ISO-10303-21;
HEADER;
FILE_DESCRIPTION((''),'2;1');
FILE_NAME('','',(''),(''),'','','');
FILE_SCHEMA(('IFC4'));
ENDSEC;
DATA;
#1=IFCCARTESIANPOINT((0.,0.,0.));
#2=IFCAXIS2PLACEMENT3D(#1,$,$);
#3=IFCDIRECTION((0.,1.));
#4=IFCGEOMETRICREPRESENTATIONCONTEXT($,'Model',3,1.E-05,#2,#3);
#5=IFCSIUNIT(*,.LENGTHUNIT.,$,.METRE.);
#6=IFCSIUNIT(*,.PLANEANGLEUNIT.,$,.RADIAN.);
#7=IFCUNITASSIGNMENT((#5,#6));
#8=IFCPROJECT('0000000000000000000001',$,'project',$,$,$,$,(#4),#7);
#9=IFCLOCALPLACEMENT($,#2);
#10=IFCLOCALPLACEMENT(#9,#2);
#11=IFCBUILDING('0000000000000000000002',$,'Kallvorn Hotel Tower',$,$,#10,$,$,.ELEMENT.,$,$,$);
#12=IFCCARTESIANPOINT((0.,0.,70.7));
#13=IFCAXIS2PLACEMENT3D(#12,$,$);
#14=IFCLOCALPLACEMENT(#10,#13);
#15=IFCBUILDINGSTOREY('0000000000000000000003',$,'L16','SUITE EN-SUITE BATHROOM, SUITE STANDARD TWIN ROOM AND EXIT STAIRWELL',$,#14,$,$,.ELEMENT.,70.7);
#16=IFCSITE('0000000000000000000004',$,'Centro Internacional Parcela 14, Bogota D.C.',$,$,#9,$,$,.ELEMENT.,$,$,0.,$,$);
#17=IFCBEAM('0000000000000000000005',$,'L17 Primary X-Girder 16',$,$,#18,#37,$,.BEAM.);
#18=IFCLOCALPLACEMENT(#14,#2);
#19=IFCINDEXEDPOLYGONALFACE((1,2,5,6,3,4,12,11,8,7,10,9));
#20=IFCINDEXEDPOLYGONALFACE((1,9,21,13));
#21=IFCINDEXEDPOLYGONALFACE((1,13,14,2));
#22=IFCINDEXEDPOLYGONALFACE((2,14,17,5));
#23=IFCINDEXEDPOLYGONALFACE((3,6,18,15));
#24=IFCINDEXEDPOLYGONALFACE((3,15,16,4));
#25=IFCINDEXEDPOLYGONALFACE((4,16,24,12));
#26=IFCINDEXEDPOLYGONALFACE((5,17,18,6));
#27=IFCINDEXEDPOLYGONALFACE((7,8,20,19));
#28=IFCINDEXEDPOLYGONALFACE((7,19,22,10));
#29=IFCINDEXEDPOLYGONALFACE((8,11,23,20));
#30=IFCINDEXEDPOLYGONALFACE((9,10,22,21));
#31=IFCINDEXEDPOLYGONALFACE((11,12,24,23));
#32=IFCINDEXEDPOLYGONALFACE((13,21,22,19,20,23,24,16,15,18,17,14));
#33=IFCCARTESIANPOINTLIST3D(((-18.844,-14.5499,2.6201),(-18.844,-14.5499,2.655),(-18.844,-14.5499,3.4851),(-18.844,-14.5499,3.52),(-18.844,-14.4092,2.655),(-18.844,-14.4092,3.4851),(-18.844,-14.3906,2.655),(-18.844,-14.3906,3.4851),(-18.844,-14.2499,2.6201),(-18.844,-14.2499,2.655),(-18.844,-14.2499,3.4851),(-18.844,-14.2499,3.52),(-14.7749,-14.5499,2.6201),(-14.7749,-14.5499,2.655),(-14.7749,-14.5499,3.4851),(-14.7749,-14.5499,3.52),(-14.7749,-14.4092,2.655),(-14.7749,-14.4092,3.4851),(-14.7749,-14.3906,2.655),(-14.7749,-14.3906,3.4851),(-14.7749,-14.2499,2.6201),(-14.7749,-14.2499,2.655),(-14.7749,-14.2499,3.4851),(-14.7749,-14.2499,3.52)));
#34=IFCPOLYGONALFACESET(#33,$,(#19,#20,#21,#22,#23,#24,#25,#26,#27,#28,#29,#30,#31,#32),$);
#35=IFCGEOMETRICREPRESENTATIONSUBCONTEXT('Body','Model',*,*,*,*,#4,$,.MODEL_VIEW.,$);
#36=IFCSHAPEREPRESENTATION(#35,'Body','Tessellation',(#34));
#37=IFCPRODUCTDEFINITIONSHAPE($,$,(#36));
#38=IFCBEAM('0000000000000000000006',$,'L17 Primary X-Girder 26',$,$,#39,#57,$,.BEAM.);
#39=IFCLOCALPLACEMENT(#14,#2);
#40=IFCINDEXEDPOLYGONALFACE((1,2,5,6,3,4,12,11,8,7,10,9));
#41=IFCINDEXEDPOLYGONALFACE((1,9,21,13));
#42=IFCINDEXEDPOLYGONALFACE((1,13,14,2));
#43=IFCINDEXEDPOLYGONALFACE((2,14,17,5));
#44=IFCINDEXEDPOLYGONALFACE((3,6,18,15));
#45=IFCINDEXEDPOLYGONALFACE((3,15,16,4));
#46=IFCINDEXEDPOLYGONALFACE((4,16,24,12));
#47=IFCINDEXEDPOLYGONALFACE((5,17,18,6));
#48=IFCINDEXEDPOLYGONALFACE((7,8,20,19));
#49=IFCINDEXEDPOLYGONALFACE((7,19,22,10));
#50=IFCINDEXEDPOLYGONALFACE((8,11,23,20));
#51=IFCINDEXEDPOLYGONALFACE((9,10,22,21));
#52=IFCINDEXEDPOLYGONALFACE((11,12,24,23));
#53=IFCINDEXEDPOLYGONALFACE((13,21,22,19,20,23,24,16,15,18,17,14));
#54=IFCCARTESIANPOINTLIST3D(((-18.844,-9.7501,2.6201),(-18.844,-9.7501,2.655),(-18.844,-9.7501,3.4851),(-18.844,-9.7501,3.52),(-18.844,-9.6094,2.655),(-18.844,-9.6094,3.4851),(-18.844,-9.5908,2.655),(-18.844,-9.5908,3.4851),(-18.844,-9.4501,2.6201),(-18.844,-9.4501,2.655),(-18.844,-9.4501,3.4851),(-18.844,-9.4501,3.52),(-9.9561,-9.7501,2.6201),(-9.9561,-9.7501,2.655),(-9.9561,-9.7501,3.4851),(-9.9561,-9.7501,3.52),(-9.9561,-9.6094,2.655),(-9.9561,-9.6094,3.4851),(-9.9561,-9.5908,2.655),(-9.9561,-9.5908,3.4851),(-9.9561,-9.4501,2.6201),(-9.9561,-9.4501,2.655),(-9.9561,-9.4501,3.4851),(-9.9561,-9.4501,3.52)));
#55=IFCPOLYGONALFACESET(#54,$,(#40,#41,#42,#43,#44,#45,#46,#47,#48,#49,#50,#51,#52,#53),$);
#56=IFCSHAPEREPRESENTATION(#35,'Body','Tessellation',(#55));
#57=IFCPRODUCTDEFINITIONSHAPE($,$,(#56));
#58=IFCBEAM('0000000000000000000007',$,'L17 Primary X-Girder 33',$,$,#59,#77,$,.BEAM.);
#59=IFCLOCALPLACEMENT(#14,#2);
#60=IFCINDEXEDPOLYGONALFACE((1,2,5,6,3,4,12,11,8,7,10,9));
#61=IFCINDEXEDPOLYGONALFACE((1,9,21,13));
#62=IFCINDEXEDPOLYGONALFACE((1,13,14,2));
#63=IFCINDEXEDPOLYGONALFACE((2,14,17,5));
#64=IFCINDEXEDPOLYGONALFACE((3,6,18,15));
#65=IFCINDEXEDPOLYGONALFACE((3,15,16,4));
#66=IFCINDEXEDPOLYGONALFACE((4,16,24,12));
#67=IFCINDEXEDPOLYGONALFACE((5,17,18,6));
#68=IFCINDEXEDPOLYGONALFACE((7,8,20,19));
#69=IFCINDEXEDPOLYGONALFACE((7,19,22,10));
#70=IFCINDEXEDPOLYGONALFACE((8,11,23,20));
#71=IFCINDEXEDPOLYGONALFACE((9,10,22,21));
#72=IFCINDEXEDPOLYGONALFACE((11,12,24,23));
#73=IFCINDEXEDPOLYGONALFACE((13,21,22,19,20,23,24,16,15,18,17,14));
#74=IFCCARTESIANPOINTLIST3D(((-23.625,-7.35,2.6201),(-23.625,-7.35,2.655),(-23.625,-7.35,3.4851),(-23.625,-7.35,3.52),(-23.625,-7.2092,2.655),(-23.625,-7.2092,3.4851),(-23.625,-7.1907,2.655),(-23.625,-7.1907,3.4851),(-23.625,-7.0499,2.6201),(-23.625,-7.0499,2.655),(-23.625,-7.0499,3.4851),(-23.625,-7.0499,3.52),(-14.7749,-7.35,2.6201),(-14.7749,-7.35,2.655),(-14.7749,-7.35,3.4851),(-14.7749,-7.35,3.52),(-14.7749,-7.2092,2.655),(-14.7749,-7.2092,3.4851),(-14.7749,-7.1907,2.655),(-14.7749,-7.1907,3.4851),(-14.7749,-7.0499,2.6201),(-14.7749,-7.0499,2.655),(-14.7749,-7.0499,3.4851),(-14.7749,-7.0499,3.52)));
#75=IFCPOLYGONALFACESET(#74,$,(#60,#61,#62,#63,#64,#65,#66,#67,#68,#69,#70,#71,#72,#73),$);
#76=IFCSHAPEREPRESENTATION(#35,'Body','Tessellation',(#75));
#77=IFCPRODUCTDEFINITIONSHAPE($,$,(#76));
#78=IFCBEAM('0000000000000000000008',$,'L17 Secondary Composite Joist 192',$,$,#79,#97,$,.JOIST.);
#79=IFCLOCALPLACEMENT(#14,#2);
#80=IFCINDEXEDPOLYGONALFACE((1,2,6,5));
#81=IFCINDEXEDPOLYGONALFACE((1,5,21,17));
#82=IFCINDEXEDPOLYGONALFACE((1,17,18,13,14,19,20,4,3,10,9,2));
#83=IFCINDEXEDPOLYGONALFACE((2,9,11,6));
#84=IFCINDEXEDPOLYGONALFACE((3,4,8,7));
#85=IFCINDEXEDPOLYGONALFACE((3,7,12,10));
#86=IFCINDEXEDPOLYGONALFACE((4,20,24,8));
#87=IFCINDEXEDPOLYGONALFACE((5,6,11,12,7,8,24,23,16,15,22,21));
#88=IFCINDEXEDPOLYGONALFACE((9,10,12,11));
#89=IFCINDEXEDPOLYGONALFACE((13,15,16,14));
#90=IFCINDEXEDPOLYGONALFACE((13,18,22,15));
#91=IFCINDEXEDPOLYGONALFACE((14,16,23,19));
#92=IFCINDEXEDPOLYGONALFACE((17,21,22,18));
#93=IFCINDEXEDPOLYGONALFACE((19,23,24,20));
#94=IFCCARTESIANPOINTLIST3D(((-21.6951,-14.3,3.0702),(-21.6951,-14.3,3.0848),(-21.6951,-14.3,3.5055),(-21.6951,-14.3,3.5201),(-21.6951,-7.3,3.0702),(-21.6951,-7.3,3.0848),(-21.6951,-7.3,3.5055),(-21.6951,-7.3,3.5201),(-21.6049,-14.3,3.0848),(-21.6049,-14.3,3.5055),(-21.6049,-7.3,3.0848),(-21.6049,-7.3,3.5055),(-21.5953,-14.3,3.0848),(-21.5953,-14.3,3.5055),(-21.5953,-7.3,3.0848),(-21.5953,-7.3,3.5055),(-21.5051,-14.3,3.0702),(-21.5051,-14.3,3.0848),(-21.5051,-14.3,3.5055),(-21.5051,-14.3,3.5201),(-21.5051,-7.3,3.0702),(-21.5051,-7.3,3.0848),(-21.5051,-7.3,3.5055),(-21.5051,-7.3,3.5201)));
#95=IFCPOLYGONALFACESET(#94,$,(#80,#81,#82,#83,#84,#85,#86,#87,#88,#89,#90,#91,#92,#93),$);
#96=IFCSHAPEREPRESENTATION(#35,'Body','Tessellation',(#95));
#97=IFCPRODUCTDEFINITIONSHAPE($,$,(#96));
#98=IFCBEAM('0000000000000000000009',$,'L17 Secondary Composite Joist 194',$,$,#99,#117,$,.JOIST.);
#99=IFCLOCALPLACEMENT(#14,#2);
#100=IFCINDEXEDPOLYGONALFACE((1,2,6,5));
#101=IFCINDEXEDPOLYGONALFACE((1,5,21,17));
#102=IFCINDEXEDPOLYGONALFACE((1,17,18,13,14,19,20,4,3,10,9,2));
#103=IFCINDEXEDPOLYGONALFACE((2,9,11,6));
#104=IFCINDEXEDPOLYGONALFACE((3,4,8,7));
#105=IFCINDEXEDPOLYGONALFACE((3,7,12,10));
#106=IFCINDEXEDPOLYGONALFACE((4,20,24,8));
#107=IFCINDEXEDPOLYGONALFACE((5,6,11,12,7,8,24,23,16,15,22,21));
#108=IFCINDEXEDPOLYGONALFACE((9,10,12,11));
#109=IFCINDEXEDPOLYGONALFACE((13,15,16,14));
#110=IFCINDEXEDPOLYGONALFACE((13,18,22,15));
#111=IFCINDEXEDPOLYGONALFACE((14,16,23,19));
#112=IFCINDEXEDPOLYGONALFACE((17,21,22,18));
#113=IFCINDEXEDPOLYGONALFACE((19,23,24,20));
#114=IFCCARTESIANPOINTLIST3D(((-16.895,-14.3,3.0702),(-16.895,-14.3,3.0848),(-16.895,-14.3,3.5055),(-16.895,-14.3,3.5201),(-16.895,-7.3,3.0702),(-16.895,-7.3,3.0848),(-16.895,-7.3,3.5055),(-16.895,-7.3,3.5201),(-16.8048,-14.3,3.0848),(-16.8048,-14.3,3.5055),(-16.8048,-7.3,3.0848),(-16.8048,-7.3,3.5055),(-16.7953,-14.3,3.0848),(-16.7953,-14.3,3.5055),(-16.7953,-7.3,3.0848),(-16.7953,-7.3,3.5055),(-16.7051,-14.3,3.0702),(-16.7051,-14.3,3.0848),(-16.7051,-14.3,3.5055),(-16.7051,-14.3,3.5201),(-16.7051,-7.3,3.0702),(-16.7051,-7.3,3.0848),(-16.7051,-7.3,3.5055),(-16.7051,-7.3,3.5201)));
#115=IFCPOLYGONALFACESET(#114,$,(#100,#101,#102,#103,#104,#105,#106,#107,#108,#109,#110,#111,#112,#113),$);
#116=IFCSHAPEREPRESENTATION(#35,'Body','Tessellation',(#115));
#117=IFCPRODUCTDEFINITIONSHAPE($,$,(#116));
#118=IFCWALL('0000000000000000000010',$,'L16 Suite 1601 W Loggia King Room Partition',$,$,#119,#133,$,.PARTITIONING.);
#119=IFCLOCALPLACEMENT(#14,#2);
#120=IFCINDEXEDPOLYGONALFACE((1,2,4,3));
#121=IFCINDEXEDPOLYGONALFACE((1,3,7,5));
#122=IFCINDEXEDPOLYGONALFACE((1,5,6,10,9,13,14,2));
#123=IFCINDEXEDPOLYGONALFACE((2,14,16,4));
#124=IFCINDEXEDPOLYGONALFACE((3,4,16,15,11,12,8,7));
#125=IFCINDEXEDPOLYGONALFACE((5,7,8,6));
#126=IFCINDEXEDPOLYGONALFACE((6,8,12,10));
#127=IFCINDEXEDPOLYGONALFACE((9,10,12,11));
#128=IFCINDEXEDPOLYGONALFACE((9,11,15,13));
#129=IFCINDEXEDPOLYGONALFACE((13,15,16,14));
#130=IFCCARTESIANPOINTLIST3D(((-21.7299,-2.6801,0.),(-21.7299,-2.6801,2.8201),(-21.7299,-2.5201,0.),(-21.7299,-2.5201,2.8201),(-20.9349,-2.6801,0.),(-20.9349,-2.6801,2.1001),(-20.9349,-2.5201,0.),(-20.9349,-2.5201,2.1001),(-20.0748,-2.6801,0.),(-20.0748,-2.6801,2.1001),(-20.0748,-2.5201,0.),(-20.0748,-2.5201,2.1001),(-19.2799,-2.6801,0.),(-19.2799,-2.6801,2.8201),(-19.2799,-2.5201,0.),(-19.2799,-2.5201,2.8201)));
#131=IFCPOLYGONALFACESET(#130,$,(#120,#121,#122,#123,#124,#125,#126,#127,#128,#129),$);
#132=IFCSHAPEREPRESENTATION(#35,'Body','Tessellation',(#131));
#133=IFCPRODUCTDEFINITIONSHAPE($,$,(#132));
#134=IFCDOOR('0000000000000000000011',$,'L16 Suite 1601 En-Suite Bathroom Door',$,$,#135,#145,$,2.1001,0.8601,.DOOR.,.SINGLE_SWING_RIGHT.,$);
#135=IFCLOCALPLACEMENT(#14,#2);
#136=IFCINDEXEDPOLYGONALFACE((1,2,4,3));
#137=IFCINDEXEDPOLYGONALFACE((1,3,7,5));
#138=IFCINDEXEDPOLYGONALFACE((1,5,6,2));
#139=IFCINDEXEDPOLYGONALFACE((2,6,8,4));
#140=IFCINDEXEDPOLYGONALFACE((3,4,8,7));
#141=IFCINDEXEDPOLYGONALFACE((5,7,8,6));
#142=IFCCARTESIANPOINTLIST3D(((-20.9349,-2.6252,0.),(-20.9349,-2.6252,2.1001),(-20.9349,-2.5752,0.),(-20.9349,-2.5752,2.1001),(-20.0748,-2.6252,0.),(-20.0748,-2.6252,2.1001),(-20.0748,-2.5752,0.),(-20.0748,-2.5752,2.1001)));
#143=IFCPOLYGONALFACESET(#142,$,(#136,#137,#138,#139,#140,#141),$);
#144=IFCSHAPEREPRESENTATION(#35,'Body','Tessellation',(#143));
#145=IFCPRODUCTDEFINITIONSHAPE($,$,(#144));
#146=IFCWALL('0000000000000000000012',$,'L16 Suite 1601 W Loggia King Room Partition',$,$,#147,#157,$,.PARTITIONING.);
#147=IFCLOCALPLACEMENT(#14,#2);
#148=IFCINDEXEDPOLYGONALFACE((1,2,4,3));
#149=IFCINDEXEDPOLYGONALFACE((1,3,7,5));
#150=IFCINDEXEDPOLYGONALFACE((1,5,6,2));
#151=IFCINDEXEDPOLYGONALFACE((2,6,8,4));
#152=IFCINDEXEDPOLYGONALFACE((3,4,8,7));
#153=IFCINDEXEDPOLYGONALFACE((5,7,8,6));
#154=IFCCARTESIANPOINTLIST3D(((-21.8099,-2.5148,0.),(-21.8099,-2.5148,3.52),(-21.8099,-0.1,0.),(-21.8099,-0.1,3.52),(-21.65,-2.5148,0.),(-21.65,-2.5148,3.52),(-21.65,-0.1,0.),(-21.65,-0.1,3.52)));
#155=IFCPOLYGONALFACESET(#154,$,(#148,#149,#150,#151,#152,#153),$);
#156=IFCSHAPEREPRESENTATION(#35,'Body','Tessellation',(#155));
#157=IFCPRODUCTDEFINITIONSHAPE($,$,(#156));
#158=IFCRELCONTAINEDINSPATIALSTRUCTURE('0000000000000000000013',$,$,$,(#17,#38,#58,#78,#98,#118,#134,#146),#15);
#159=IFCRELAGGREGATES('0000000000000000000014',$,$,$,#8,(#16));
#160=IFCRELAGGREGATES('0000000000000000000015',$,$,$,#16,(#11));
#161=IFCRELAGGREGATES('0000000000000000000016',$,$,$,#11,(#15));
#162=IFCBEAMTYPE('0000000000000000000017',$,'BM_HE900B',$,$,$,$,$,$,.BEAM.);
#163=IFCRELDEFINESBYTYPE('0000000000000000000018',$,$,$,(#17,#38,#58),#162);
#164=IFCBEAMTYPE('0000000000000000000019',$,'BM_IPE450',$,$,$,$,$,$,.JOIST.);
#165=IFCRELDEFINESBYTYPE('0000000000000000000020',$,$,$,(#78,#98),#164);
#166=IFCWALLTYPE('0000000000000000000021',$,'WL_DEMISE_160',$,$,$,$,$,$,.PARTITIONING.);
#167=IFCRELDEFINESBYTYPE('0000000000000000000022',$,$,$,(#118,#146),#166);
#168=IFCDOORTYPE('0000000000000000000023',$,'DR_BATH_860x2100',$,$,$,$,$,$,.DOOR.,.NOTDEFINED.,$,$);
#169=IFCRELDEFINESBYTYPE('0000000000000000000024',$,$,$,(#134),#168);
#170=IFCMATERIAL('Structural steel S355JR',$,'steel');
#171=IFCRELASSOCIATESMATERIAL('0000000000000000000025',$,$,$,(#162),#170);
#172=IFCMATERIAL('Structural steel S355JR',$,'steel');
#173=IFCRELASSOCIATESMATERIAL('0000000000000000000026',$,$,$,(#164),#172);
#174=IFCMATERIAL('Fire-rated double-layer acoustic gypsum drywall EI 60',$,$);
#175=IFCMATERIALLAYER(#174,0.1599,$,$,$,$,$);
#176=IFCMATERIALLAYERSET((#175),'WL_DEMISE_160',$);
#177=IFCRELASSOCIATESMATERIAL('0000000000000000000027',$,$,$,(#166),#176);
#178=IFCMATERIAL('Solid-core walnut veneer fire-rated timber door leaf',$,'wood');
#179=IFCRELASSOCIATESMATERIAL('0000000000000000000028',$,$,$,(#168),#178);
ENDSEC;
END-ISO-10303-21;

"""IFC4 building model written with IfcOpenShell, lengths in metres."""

from ifc_helpers import new_model, si_unit, direction, frame, frame_2d, origin, origin_2d, place, context, subcontext, project, spatial, rectangle, i_section, extrude, material, layer, layer_set, material_profile, profile_set, type_object, element, fill, save


model = new_model("IFC4")

# Units and contexts
model_context = context("Model", 3, precision=1e-05, world=origin(), true_north=direction((0.0, 1.0)))
body_context = subcontext(model_context, "Body", "Model", "MODEL_VIEW")
ifc_project = project(units=[si_unit("LENGTHUNIT", "METRE"), si_unit("PLANEANGLEUNIT", "RADIAN")], contexts=[model_context])

# Site, building, storey
site_placement = place(None, origin())
site = spatial("IfcSite", under=ifc_project, at=site_placement, Name="Centro Internacional Parcela 14, Bogota D.C.", CompositionType="ELEMENT", RefElevation=0.0)
building_placement = place(site_placement, origin())
building = spatial("IfcBuilding", under=site, at=building_placement, Name="Kallvorn Hotel Tower", CompositionType="ELEMENT")
storey_placement = place(building_placement, frame((0.0, 0.0, 70.7)))
storey = spatial("IfcBuildingStorey", under=building, at=storey_placement, Name="L16", Description="SUITE EN-SUITE BATHROOM, SUITE STANDARD TWIN ROOM AND EXIT STAIRWELL", CompositionType="ELEMENT", Elevation=70.7)

# Beams
ifc_material_1 = material(Name="Structural steel S355JR", Category="steel")
ifc_material_profile_1 = material_profile(ifc_material_1, i_section(OverallWidth=0.3, OverallDepth=0.8999, WebThickness=0.0186, FlangeThickness=0.0349, at=origin_2d()), Name="HE 900 B")
ifc_profile_set_1 = profile_set([ifc_material_profile_1], Name="Structural steel S355JR")
beam_type_1 = type_object("IfcBeamType", Name="BM_HE900B", PredefinedType="BEAM", material=ifc_profile_set_1)
beam_1_placement = place(storey_placement, frame((-18.844, -14.3999, 3.0701), z_axis=(1.0, 0.0, 0.0), x_axis=(0.0, 1.0, 0.0)))
element("IfcBeam", 1, at=beam_1_placement, inside=storey, type_object=beam_type_1, Name="L17 Primary X-Girder 16", PredefinedType="BEAM", context=body_context, shape_type="SweptSolid", body=[
    extrude(i_section(OverallWidth=0.3, OverallDepth=0.8999, WebThickness=0.0186, FlangeThickness=0.0349, at=origin_2d()), origin(), (0.0, 0.0, 1.0), 4.0691),
])
beam_2_placement = place(storey_placement, frame((-18.844, -9.6001, 3.0701), z_axis=(1.0, 0.0, 0.0), x_axis=(0.0, 1.0, 0.0)))
element("IfcBeam", 2, at=beam_2_placement, inside=storey, type_object=beam_type_1, Name="L17 Primary X-Girder 26", PredefinedType="BEAM", context=body_context, shape_type="SweptSolid", body=[
    extrude(i_section(OverallWidth=0.3, OverallDepth=0.8999, WebThickness=0.0186, FlangeThickness=0.0349, at=origin_2d()), origin(), (0.0, 0.0, 1.0), 8.8879),
])
beam_3_placement = place(storey_placement, frame((-23.625, -7.2, 3.0701), z_axis=(1.0, 0.0, 0.0), x_axis=(0.0, 1.0, 0.0)))
element("IfcBeam", 3, at=beam_3_placement, inside=storey, type_object=beam_type_1, Name="L17 Primary X-Girder 33", PredefinedType="BEAM", context=body_context, shape_type="SweptSolid", body=[
    extrude(i_section(OverallWidth=0.3, OverallDepth=0.8999, WebThickness=0.0186, FlangeThickness=0.0349, at=origin_2d()), origin(), (0.0, 0.0, 1.0), 8.8501),
])
ifc_material_2 = material(Name="Structural steel S355JR", Category="steel")
ifc_material_profile_2 = material_profile(ifc_material_2, i_section(OverallWidth=0.1899, OverallDepth=0.45, WebThickness=0.0095, FlangeThickness=0.0146, at=origin_2d()), Name="IPE 450")
ifc_profile_set_2 = profile_set([ifc_material_profile_2], Name="Structural steel S355JR")
beam_type_2 = type_object("IfcBeamType", Name="BM_IPE450", PredefinedType="JOIST", material=ifc_profile_set_2)
for number, where, z_axis, x_axis, name in (
    (4, (-21.6001, -14.3, 3.2952), (0.0, 1.0, 0.0), (-1.0, 0.0, 0.0), "L17 Secondary Composite Joist 192"),
    (5, (-16.8, -14.3, 3.2952), (0.0, 1.0, 0.0), (-1.0, 0.0, 0.0), "L17 Secondary Composite Joist 194"),
):
    element("IfcBeam", number, at=place(storey_placement, frame(where, z_axis=z_axis, x_axis=x_axis)), inside=storey, type_object=beam_type_2, Name=name, PredefinedType="JOIST", context=body_context, shape_type="SweptSolid", body=[
        extrude(i_section(OverallWidth=0.1899, OverallDepth=0.45, WebThickness=0.0095, FlangeThickness=0.0146, at=origin_2d()), origin(), (0.0, 0.0, 1.0), 7.0),
    ])

# Wall, opening, door
ifc_material_3 = material(Name="Fire-rated double-layer acoustic gypsum drywall EI 60")
ifc_layer = layer(ifc_material_3, 0.1599)
ifc_layer_set = layer_set([ifc_layer], Name="WL_DEMISE_160")
wall_type = type_object("IfcWallType", Name="WL_DEMISE_160", PredefinedType="PARTITIONING", material=ifc_layer_set)
wall_1_placement = place(storey_placement, frame((-21.73, -2.6001, 0.0), z_axis=(0.0, 0.0, 1.0), x_axis=(1.0, 0.0, 0.0)))
wall_1 = element("IfcWall", 6, at=wall_1_placement, inside=storey, type_object=wall_type, Name="L16 Suite 1601 W Loggia King Room Partition", PredefinedType="PARTITIONING", context=body_context, shape_type="SweptSolid", body=[
    extrude(rectangle(XDim=2.45, YDim=0.1599, at=frame_2d((1.2251, 0.0))), origin(), (0.0, 0.0, 1.0), 2.8201),
])
opening_1_placement = place(wall_1_placement, frame((0.7949, 0.0, 0.0)))
opening_1 = element("IfcOpeningElement", 7, at=opening_1_placement, cuts=wall_1, PredefinedType="OPENING", context=body_context, shape_type="SweptSolid", body=[
    extrude(rectangle(XDim=0.8601, YDim=2.1001, at=frame_2d((0.4302, 1.05))), frame((0.0, 0.095, 0.0), z_axis=(0.0, -1.0, 0.0), x_axis=(1.0, 0.0, 0.0)), (0.0, 0.0, 1.0), 0.1899),
])
ifc_material_4 = material(Name="Solid-core walnut veneer fire-rated timber door leaf", Category="wood")
door_type_1 = type_object("IfcDoorType", Name="DR_BATH_860x2100", OperationType="NOTDEFINED", PredefinedType="DOOR", material=ifc_material_4)
door_1_placement = place(opening_1_placement, origin())
door_1 = element("IfcDoor", 8, at=door_1_placement, inside=storey, type_object=door_type_1, Name="L16 Suite 1601 En-Suite Bathroom Door", OperationType="SINGLE_SWING_RIGHT", OverallHeight=2.1001, OverallWidth=0.8601, PredefinedType="DOOR", context=body_context, shape_type="SweptSolid", body=[
    extrude(rectangle(XDim=0.8601, YDim=2.1001, at=frame_2d((0.4302, 1.05))), frame((0.0, 0.0249, 0.0), z_axis=(0.0, -1.0, 0.0), x_axis=(1.0, 0.0, 0.0)), (0.0, 0.0, 1.0), 0.05),
])
fill(opening_1, door_1)

# Wall
wall_2_placement = place(storey_placement, frame((-21.73, -2.5149, 0.0), z_axis=(0.0, 0.0, 1.0), x_axis=(0.0, 1.0, 0.0)))
element("IfcWall", 9, at=wall_2_placement, inside=storey, type_object=wall_type, Name="L16 Suite 1601 W Loggia King Room Partition", PredefinedType="PARTITIONING", context=body_context, shape_type="SweptSolid", body=[
    extrude(rectangle(XDim=2.4148, YDim=0.1599, at=frame_2d((1.2075, 0.0))), origin(), (0.0, 0.0, 1.0), 3.52),
])

save(model, "model.ifc")
